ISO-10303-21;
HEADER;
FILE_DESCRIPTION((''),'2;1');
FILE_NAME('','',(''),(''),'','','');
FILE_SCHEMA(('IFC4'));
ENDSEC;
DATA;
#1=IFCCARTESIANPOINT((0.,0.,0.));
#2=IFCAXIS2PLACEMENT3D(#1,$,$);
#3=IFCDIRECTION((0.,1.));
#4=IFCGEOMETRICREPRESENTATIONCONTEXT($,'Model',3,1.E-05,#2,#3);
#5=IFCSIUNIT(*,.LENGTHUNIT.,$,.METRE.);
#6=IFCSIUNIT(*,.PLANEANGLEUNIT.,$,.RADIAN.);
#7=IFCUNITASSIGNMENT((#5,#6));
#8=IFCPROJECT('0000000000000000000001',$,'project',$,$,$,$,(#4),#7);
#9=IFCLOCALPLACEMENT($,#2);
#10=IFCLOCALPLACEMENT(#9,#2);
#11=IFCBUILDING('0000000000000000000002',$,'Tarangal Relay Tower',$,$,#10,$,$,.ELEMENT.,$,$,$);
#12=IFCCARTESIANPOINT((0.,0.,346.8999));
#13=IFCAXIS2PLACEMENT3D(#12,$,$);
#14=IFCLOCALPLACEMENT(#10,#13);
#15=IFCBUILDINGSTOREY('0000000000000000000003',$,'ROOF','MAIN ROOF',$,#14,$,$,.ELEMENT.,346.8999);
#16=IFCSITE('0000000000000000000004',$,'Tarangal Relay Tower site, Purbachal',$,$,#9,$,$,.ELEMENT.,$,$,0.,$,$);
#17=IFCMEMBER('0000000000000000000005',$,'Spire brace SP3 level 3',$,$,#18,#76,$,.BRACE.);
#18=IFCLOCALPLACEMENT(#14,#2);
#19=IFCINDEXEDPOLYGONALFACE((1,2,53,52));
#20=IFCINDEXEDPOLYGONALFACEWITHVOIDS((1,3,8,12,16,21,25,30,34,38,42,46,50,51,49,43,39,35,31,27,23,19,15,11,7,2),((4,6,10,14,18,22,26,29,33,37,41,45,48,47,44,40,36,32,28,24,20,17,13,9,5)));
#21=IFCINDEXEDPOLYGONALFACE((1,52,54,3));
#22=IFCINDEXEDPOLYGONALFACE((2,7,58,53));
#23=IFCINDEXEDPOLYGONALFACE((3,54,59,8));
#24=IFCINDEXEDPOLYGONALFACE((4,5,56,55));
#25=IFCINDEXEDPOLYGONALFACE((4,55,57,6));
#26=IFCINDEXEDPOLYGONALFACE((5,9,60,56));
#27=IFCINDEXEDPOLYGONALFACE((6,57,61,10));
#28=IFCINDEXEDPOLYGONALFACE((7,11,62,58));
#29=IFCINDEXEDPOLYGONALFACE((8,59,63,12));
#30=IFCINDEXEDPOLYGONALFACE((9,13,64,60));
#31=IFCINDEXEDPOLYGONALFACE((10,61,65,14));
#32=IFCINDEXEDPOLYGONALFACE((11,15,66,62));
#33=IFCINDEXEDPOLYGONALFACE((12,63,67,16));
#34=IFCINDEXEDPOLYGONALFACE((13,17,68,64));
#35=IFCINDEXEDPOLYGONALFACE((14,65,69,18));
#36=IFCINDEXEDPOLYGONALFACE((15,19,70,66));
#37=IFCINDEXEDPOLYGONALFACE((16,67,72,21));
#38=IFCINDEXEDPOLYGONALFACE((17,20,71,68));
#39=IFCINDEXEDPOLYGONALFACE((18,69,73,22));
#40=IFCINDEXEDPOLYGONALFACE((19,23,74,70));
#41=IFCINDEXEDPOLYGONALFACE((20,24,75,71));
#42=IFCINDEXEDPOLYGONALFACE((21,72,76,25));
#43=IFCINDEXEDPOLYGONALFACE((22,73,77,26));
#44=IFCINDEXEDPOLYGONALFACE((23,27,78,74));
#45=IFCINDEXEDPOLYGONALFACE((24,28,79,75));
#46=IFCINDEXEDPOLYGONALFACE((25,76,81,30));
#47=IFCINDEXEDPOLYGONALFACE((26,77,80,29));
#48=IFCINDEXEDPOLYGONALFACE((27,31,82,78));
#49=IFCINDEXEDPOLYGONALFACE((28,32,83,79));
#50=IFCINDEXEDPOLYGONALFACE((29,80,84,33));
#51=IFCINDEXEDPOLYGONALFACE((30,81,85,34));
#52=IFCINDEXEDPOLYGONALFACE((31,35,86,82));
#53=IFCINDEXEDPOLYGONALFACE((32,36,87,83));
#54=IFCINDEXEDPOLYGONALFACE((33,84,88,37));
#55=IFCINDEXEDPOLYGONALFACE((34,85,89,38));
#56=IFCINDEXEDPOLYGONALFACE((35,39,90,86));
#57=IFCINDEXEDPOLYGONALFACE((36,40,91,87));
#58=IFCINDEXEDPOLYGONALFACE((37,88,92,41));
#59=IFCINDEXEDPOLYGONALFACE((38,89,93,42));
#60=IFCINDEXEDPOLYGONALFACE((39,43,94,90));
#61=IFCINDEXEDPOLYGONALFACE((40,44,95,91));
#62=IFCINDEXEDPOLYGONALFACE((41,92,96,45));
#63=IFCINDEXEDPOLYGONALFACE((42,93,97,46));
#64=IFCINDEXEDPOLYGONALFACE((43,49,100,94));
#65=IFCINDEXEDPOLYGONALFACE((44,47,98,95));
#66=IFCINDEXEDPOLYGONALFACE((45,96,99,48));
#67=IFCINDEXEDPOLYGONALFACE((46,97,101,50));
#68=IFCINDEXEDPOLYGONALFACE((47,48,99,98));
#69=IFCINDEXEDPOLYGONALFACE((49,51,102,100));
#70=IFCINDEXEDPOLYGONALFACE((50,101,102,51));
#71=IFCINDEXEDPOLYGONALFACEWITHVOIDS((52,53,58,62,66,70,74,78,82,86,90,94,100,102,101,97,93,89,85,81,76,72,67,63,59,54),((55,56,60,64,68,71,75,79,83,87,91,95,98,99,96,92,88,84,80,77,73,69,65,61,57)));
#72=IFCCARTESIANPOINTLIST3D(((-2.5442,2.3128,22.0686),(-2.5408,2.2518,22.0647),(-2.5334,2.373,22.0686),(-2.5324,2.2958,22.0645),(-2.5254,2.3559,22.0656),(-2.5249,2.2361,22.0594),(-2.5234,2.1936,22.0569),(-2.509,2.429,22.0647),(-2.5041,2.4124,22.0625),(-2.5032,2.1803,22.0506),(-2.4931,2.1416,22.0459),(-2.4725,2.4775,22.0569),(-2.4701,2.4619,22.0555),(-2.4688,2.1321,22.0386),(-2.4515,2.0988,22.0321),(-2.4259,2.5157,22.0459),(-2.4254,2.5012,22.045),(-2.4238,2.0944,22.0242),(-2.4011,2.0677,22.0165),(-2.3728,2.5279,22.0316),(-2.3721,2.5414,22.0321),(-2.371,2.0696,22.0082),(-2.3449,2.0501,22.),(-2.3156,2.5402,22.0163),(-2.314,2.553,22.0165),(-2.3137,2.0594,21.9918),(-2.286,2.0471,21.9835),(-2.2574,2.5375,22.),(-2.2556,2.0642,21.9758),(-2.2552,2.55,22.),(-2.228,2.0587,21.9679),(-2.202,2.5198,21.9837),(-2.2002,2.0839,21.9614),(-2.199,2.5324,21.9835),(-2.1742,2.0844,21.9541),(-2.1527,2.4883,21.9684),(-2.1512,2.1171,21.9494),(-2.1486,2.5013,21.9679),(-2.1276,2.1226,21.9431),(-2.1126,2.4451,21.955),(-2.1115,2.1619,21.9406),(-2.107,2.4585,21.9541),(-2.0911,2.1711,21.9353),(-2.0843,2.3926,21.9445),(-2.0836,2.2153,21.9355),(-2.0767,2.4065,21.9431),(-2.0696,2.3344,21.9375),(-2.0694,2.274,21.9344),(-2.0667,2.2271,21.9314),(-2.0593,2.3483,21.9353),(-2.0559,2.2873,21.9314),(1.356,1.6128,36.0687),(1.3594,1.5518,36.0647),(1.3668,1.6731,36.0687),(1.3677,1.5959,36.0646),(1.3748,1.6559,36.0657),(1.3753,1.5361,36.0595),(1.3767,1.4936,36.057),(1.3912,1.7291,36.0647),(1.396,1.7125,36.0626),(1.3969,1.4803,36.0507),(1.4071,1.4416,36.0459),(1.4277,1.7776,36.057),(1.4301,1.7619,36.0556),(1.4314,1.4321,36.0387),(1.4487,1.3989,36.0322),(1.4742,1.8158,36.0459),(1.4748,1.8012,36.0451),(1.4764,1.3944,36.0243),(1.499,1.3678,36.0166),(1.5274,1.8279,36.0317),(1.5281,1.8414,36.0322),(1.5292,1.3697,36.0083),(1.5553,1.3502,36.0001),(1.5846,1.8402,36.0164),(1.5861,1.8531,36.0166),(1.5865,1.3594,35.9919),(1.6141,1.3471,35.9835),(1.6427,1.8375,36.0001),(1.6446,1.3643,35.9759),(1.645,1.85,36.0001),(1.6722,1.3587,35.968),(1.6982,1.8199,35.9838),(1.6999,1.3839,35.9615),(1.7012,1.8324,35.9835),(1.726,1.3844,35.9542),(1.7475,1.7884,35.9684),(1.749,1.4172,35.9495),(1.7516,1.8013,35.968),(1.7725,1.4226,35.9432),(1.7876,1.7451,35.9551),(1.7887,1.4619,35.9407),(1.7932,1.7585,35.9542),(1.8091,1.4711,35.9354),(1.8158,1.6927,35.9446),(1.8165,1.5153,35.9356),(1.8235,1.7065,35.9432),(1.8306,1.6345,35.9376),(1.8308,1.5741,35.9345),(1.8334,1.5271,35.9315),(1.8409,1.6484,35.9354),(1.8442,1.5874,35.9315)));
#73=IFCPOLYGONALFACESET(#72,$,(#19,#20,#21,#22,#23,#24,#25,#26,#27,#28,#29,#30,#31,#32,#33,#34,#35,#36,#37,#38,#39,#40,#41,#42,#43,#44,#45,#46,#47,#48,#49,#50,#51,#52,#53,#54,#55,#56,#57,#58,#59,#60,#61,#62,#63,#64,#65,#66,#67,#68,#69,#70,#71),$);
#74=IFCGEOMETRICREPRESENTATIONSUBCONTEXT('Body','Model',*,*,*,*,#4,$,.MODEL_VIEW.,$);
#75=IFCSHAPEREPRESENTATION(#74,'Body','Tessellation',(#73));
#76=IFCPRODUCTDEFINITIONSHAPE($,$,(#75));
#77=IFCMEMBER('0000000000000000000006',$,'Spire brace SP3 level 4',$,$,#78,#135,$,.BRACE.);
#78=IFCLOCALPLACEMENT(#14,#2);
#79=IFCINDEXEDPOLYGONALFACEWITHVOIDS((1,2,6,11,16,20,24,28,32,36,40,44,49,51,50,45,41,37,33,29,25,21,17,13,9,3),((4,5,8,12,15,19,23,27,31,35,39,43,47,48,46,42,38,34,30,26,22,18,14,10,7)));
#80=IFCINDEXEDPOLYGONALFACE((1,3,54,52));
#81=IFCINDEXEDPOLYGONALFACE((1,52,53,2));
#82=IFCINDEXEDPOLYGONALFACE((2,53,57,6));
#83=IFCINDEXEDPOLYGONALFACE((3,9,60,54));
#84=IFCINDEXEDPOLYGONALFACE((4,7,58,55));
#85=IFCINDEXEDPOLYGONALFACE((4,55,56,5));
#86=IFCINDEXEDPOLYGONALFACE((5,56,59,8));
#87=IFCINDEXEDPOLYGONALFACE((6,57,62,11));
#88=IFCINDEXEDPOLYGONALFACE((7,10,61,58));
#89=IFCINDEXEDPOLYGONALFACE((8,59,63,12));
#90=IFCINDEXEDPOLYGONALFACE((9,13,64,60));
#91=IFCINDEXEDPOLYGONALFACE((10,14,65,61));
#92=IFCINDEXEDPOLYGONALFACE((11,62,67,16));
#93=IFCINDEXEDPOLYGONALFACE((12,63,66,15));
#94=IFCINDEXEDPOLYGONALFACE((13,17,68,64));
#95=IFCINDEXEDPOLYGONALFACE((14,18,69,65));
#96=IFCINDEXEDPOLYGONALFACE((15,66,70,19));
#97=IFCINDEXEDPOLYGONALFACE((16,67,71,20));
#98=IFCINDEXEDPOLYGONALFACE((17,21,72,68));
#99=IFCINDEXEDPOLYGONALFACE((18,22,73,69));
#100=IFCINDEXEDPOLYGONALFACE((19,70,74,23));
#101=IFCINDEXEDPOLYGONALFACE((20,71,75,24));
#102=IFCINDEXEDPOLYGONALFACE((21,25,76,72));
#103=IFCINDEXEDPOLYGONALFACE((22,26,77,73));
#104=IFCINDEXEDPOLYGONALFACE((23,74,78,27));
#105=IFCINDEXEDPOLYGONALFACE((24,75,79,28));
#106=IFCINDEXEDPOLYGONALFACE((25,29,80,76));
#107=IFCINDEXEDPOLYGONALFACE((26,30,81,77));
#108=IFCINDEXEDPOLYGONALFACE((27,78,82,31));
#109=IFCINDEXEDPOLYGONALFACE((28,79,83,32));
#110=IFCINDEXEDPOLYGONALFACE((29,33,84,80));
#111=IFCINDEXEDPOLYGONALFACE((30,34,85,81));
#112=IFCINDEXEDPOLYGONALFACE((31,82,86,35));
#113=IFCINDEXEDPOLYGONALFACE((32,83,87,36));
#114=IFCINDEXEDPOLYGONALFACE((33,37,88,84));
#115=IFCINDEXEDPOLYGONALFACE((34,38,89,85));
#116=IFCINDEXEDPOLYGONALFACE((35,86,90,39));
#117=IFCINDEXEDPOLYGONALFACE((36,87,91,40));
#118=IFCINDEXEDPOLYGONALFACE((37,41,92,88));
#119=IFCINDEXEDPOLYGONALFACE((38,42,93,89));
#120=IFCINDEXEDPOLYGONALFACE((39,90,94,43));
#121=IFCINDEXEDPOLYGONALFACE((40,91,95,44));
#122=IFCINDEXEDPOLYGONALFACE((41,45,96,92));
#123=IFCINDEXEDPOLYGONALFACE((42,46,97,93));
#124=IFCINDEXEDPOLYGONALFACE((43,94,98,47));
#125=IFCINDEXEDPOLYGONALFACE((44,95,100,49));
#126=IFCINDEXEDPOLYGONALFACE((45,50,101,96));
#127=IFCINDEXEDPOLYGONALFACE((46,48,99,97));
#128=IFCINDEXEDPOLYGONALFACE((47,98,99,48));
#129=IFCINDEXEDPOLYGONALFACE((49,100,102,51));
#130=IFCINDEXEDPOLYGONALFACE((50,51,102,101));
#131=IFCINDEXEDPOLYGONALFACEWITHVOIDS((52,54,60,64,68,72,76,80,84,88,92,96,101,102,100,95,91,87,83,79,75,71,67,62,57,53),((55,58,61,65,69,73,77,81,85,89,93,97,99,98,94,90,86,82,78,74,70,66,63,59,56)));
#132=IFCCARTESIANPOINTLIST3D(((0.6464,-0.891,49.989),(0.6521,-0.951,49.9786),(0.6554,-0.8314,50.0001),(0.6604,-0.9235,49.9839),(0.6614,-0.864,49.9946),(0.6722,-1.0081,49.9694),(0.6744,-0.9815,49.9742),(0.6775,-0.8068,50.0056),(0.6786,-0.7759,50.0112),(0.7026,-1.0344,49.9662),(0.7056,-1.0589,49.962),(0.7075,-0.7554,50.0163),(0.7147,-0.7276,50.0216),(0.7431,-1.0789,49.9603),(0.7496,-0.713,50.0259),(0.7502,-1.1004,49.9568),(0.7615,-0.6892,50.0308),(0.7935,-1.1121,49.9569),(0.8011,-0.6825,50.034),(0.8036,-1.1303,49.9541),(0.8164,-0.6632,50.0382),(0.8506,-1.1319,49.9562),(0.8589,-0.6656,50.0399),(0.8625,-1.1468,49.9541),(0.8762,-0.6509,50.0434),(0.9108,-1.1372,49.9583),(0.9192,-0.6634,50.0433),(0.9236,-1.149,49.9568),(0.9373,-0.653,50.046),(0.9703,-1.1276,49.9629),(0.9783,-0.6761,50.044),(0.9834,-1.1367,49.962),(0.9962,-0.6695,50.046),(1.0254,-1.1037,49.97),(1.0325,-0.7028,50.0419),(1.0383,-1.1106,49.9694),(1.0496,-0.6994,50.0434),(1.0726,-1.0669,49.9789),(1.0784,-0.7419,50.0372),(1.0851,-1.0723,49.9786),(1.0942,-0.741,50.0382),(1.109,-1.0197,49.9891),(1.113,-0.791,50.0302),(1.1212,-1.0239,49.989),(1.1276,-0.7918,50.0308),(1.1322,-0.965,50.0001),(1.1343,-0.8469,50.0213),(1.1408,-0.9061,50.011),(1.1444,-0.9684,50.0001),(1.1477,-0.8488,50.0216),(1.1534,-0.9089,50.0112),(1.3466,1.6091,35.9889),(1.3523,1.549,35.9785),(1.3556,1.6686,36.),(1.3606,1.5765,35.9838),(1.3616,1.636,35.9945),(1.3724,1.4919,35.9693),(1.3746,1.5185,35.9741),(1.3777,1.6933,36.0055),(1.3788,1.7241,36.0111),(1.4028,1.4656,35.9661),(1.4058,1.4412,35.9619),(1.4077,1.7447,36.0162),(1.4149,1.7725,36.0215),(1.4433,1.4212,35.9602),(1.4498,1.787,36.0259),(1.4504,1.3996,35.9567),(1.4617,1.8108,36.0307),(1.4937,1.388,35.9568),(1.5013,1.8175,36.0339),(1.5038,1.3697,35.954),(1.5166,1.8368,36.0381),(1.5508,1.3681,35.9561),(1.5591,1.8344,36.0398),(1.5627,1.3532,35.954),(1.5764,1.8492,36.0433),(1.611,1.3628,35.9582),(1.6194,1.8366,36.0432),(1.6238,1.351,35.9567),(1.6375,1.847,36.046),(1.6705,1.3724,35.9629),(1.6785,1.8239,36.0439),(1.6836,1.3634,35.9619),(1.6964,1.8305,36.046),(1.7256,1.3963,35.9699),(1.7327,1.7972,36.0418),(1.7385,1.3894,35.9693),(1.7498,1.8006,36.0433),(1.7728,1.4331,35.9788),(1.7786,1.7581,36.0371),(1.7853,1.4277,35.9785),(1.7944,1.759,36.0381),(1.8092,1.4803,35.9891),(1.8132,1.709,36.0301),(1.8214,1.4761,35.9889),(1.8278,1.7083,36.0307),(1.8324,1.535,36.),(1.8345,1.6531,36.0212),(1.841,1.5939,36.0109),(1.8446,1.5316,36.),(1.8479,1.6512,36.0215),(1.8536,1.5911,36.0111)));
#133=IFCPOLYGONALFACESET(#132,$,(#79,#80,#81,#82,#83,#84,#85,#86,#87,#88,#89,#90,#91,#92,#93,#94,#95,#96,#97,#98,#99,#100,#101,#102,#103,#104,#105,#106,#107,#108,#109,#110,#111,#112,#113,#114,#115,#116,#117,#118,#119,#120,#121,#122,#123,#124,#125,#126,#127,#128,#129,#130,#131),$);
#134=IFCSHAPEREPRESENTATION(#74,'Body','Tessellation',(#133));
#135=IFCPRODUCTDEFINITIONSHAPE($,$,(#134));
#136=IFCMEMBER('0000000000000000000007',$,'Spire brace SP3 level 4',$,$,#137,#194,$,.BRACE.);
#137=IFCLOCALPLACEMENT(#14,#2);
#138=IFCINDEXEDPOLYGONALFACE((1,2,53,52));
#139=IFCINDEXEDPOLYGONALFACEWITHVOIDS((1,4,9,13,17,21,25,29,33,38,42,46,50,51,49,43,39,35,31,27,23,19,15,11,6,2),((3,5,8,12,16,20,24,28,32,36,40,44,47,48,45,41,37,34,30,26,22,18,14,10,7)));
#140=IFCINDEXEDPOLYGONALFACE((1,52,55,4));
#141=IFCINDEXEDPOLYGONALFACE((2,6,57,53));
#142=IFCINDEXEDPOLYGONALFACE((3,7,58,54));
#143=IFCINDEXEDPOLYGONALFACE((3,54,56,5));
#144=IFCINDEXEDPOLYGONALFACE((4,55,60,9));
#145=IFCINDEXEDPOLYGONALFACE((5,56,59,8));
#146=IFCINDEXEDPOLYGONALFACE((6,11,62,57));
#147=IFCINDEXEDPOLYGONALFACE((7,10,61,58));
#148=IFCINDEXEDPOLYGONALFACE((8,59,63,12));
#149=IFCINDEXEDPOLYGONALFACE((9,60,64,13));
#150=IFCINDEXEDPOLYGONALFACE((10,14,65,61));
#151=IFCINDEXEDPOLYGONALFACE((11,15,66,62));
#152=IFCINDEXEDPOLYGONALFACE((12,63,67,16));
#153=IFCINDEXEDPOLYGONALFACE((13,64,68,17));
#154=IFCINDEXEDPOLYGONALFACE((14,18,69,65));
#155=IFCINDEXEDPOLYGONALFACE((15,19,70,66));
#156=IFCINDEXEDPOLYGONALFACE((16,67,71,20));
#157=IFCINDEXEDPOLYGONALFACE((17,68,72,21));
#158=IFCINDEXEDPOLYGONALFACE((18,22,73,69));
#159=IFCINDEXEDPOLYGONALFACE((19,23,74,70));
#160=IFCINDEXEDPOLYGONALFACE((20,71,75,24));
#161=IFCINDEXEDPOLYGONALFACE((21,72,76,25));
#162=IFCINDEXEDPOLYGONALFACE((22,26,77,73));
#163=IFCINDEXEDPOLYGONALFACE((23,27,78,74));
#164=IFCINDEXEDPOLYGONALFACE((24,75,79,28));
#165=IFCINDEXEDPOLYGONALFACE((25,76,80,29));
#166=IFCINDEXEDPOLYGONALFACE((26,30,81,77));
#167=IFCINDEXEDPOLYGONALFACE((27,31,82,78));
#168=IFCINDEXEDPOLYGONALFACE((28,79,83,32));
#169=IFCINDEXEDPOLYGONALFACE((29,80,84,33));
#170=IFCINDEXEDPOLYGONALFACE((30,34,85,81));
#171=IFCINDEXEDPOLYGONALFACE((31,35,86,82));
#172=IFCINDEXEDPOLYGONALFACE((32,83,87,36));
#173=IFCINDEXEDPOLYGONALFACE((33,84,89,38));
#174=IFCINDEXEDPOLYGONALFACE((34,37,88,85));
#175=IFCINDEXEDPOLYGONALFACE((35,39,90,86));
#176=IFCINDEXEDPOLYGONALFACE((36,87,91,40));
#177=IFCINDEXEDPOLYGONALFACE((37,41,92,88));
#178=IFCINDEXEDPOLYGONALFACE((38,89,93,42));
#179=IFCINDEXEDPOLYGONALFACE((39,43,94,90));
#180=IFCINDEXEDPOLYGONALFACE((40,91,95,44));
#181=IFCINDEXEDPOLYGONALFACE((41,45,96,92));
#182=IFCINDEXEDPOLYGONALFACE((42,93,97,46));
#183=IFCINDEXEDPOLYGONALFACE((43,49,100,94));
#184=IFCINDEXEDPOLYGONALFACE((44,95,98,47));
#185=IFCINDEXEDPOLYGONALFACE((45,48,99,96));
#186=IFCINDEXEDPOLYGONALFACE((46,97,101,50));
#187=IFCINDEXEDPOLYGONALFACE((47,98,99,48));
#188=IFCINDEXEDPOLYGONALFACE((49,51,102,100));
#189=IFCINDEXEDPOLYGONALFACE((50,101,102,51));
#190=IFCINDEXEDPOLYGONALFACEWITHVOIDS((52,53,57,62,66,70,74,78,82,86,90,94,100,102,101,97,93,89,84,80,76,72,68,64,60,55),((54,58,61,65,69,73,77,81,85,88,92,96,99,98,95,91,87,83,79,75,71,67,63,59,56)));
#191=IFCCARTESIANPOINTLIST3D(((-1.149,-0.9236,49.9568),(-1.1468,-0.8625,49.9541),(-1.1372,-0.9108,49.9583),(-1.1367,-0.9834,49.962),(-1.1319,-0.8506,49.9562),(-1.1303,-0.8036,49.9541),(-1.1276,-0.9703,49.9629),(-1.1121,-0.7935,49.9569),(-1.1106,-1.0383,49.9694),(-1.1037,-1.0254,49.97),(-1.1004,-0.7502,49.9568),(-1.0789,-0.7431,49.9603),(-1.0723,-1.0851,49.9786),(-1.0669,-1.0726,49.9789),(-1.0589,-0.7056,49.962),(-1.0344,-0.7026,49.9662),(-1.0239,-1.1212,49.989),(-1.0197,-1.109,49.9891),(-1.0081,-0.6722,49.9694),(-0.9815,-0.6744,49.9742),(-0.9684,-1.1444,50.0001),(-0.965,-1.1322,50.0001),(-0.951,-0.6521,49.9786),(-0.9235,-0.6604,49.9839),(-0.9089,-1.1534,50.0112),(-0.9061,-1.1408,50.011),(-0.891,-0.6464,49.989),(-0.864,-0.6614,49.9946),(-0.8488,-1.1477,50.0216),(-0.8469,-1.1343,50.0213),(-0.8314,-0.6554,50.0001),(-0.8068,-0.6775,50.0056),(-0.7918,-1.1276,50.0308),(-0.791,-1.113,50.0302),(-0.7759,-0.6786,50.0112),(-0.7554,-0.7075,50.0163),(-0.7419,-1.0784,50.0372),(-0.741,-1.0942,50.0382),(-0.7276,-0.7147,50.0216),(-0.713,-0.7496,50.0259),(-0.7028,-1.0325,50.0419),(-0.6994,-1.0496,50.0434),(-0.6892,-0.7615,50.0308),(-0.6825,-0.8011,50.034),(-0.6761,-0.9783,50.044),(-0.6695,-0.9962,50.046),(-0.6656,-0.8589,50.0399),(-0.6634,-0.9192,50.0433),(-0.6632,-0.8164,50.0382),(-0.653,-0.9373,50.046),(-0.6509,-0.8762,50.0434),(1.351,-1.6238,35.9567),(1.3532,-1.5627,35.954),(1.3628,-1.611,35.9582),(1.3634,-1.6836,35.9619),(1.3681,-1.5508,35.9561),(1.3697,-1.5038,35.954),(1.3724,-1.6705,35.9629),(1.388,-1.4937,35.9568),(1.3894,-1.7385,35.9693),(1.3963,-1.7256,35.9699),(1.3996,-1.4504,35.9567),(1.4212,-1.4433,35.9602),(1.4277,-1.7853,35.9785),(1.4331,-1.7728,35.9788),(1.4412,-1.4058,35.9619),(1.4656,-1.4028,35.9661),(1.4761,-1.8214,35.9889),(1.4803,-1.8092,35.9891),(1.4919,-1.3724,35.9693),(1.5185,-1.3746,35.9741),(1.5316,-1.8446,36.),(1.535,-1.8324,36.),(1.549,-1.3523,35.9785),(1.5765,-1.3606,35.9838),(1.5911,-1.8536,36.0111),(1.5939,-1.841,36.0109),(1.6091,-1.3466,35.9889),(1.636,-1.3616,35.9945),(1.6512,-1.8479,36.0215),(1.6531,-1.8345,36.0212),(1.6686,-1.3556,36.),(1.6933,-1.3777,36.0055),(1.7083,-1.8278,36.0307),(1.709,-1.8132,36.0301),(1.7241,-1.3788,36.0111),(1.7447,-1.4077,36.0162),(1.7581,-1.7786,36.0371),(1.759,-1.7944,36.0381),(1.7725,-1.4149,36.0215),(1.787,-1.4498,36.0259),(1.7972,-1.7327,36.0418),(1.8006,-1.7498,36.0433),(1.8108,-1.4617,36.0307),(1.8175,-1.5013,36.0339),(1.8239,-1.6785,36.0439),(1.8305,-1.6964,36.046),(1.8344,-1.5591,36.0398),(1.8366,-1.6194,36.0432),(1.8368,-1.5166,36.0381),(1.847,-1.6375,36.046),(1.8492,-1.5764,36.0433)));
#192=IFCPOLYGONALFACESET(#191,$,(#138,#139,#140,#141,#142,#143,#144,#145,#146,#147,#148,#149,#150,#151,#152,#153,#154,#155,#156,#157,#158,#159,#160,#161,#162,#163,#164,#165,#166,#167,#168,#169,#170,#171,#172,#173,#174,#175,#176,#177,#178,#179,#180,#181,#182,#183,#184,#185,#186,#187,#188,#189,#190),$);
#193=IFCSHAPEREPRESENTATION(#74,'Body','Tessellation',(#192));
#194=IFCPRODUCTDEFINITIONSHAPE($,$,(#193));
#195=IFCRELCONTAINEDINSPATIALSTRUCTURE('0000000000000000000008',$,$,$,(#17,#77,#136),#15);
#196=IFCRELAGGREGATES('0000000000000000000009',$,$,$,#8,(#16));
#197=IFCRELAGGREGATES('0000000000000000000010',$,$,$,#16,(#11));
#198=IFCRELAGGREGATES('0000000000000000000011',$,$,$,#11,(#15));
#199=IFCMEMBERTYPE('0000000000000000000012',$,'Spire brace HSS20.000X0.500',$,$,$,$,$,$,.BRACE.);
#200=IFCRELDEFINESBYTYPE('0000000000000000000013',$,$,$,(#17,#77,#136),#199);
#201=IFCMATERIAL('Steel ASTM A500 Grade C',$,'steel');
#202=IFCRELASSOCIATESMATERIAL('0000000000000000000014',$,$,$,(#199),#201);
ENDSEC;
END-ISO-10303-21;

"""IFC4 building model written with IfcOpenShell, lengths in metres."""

from ifc_helpers import new_model, si_unit, direction, frame, origin, origin_2d, place, context, subcontext, project, spatial, hollow_circle, extrude, material, material_profile, profile_set, type_object, element, save


model = new_model("IFC4")

# Units and contexts
model_context = context("Model", 3, precision=1e-05, world=origin(), true_north=direction((0.0, 1.0)))
body_context = subcontext(model_context, "Body", "Model", "MODEL_VIEW")
ifc_project = project(units=[si_unit("LENGTHUNIT", "METRE"), si_unit("PLANEANGLEUNIT", "RADIAN")], contexts=[model_context])

# Site, building, storey
site_placement = place(None, origin())
site = spatial("IfcSite", under=ifc_project, at=site_placement, Name="Tarangal Relay Tower site, Purbachal", CompositionType="ELEMENT", RefElevation=0.0)
building_placement = place(site_placement, origin())
building = spatial("IfcBuilding", under=site, at=building_placement, Name="Tarangal Relay Tower", CompositionType="ELEMENT")
storey_placement = place(building_placement, frame((0.0, 0.0, 346.8999)))
storey = spatial("IfcBuildingStorey", under=building, at=storey_placement, Name="ROOF", Description="MAIN ROOF", CompositionType="ELEMENT", Elevation=346.8999)

# Members
ifc_material_1 = material(Name="Steel ASTM A500 Grade C", Category="steel")
ifc_material_profile_1 = material_profile(ifc_material_1, hollow_circle(Radius=0.2539, WallThickness=0.0127, at=origin_2d()), Name="HSS20.000X0.500")
ifc_profile_set_1 = profile_set([ifc_material_profile_1], Name="Steel ASTM A500 Grade C")
member_type_1 = type_object("IfcMemberType", Name="Spire brace HSS20.000X0.500", PredefinedType="BRACE", material=ifc_profile_set_1)
for number, where, z_axis, x_axis, name in (
    (1, (-2.3, 2.3, 22.0), (0.268052, -0.048107, 0.962203), (0.176646, 0.984275, 0.0), "Spire brace SP3 level 3"),
):
    element("IfcMember", number, at=place(storey_placement, frame(where, z_axis=z_axis, x_axis=x_axis)), inside=storey, type_object=member_type_1, Name=name, PredefinedType="BRACE", context=body_context, shape_type="SweptSolid", body=[
        extrude(hollow_circle(Radius=0.2539, WallThickness=0.0127, at=origin_2d()), origin(), (0.0, 0.0, 1.0), 14.55),
    ])
for number, where, z_axis, x_axis, name in (
    (2, (1.6001, 1.6001, 36.0), (-0.049176, -0.175578, 0.983237), (0.962944, -0.2697, 0.0), "Spire brace SP3 level 4"),
    (3, (1.6001, -1.6001, 36.0), (-0.175578, 0.049176, 0.983237), (-0.2697, -0.962944, 0.0), "Spire brace SP3 level 4"),
):
    element("IfcMember", number, at=place(storey_placement, frame(where, z_axis=z_axis, x_axis=x_axis)), inside=storey, type_object=member_type_1, Name=name, PredefinedType="BRACE", context=body_context, shape_type="SweptSolid", body=[
        extrude(hollow_circle(Radius=0.2539, WallThickness=0.0127, at=origin_2d()), origin(), (0.0, 0.0, 1.0), 14.2388),
    ])

save(model, "model.ifc")
